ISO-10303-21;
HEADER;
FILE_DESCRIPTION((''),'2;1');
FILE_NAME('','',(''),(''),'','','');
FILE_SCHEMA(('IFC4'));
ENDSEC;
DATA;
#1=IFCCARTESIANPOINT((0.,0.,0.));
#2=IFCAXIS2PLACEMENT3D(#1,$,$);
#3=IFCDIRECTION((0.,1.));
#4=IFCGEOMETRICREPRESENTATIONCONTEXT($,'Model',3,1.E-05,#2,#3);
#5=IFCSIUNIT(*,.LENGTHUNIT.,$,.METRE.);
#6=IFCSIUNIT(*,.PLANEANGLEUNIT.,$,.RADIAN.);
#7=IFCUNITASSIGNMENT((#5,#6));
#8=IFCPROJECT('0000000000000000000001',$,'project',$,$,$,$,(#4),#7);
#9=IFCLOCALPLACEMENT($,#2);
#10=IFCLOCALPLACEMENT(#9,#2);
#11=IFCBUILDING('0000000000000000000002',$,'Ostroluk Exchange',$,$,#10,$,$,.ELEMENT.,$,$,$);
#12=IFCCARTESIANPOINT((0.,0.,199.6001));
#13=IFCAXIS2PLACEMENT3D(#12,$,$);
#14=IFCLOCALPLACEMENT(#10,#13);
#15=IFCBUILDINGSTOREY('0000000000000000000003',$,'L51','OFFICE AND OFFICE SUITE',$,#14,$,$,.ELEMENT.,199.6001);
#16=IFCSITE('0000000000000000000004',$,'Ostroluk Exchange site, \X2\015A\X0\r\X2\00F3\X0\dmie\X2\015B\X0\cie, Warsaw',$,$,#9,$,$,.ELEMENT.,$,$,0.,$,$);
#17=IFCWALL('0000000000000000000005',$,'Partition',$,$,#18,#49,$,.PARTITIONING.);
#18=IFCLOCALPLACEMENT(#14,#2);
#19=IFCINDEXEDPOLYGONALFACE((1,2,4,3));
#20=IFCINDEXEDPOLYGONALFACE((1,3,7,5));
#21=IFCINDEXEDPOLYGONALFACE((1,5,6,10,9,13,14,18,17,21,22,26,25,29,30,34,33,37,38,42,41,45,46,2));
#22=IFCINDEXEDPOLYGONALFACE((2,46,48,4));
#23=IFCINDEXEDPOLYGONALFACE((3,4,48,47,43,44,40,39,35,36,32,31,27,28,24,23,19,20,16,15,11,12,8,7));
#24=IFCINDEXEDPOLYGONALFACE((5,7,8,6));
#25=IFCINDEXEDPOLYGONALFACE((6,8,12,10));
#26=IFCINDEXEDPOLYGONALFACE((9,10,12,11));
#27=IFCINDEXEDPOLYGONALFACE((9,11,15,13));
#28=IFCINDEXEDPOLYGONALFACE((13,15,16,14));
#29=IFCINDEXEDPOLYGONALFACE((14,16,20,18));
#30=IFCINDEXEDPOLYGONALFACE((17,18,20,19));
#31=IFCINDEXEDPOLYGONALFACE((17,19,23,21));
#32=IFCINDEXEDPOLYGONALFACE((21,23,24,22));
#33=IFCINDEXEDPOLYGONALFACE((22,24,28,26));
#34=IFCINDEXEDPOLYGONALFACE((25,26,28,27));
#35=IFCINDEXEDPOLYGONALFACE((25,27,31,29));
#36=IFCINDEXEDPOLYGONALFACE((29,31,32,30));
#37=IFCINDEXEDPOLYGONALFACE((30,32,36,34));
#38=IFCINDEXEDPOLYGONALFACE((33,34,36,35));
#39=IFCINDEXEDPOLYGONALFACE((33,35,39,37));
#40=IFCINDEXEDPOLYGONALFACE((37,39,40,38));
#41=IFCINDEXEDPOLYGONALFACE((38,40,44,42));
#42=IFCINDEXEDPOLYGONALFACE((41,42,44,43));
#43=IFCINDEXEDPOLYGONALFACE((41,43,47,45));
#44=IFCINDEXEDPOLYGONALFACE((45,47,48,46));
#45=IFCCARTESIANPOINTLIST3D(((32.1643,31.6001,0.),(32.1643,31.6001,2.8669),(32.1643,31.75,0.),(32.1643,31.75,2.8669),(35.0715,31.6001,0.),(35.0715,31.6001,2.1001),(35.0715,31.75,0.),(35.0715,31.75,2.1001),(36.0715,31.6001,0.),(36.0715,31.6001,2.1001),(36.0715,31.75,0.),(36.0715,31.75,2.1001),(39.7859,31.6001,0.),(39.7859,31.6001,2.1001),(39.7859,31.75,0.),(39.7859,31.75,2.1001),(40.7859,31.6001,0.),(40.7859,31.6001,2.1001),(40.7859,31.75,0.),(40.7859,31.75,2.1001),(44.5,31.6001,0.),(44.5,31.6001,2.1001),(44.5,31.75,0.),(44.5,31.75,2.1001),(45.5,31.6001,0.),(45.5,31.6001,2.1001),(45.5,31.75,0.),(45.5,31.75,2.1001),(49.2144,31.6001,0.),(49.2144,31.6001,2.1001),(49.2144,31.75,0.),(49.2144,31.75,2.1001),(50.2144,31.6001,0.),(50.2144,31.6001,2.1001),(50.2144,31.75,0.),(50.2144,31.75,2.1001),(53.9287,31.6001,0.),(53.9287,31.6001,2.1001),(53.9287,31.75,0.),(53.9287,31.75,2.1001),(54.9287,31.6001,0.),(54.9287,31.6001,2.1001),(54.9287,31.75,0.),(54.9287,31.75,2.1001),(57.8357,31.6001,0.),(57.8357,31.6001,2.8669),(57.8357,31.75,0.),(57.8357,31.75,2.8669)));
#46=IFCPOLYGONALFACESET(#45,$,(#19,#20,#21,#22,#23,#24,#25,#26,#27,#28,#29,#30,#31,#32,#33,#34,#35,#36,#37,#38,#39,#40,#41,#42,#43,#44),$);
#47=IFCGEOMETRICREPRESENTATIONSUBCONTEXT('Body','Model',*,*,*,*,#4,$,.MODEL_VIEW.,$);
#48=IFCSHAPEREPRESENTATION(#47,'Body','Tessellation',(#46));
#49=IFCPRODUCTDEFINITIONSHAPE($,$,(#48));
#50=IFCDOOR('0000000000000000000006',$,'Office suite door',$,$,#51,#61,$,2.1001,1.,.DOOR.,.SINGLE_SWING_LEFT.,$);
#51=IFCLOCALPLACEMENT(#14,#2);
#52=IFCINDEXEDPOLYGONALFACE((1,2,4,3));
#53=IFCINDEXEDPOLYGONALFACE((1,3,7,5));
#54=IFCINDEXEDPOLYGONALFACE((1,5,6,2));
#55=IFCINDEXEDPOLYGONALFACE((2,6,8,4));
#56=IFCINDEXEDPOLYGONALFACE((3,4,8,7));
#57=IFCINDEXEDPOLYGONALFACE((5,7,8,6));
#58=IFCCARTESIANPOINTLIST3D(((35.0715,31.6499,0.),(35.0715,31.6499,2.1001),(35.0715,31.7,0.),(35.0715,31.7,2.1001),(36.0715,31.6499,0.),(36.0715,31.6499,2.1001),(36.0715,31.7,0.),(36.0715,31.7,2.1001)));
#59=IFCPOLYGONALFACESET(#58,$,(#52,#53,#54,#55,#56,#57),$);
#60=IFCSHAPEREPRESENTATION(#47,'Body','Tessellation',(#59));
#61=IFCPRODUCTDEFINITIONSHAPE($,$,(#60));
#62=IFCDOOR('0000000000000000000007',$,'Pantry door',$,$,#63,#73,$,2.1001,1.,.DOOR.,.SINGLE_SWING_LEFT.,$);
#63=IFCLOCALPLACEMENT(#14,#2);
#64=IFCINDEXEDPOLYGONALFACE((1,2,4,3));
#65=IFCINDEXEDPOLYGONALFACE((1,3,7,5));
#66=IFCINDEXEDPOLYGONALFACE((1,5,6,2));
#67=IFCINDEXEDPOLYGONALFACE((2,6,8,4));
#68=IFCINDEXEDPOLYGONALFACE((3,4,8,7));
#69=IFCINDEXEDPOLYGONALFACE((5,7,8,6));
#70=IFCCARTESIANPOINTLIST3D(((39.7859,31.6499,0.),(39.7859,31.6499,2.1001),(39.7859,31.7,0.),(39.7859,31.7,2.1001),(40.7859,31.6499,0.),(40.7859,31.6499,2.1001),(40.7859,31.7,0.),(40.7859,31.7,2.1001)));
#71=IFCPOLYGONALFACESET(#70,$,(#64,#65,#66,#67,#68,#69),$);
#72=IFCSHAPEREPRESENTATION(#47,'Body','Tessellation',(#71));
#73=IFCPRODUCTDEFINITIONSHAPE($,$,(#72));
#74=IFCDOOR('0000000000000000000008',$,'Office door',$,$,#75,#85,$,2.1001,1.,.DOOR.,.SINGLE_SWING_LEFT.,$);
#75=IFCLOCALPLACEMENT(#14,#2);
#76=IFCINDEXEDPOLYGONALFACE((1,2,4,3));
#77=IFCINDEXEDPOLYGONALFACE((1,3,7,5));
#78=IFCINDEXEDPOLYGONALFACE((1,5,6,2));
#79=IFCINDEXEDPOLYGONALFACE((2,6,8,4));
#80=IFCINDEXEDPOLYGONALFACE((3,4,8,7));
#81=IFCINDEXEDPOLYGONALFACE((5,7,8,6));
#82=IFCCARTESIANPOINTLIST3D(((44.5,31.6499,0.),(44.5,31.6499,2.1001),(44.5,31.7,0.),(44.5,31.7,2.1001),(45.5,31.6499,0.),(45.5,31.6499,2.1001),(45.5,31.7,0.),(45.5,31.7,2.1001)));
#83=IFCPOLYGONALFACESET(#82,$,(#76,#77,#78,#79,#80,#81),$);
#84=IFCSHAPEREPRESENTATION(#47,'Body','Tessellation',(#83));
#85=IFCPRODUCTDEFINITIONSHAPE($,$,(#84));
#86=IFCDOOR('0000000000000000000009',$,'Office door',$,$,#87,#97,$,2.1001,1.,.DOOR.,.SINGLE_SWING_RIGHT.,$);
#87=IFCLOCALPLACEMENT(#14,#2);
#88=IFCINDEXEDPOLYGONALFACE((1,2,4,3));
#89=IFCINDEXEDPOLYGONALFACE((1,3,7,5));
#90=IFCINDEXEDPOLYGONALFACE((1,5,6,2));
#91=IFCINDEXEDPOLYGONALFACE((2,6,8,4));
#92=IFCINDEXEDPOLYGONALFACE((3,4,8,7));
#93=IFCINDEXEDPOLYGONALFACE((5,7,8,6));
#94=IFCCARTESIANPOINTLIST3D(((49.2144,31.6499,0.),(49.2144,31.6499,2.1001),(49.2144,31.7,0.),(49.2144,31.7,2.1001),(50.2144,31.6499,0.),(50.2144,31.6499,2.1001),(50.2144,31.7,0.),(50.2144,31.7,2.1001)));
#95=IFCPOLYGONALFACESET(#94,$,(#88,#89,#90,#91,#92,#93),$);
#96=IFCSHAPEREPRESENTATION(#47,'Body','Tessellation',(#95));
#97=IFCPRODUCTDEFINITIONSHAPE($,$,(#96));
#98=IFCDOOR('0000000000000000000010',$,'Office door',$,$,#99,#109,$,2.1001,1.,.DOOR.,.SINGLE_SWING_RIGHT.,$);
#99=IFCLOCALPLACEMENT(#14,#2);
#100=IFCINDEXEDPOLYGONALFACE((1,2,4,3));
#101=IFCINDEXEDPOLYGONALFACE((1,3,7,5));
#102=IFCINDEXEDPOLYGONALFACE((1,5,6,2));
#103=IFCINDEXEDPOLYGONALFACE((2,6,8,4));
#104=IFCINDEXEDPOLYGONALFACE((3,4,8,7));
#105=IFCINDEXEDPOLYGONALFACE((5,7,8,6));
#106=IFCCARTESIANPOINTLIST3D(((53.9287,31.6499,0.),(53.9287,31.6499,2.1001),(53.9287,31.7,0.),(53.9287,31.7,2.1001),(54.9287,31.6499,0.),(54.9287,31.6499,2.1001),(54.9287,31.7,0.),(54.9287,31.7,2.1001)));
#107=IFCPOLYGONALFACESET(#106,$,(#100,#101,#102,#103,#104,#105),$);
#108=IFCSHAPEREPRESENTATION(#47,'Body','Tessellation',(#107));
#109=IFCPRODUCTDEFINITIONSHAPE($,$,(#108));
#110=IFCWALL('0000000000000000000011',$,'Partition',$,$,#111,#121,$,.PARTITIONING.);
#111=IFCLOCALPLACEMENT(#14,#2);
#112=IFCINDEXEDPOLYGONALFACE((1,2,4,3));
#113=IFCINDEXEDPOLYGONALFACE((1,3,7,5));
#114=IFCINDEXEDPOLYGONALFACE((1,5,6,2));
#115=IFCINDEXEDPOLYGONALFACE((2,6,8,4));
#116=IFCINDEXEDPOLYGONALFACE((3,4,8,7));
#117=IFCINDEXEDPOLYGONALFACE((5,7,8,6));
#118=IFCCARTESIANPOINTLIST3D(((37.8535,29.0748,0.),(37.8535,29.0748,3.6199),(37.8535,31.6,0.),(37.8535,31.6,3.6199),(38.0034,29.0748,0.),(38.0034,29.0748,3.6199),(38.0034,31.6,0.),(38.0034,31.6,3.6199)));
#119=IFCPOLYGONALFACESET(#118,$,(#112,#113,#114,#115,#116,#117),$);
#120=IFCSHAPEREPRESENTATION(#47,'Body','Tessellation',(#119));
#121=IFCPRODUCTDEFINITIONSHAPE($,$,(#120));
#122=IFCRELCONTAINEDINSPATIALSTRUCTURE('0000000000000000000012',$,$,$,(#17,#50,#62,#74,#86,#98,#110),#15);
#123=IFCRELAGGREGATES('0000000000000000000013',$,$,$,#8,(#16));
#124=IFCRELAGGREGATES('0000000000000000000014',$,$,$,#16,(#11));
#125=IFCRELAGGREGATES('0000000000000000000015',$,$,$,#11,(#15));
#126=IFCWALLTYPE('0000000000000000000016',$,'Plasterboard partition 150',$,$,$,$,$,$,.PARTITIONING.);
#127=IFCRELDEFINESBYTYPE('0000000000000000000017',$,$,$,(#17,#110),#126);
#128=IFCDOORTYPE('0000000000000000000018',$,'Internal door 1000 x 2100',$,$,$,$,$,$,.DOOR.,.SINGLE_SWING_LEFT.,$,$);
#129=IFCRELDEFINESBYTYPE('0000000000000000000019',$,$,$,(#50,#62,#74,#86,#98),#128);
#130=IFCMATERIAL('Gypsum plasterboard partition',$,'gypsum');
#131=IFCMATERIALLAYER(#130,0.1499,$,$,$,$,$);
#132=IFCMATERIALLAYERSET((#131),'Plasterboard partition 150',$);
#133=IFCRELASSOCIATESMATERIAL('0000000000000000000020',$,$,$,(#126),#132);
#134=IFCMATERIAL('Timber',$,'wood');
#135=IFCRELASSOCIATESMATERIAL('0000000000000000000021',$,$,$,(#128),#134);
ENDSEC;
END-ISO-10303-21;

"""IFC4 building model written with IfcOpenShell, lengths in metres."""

from ifc_helpers import new_model, si_unit, direction, frame, frame_2d, origin, place, context, subcontext, project, spatial, rectangle, extrude, material, layer, layer_set, type_object, element, fill, save


model = new_model("IFC4")

# Units and contexts
model_context = context("Model", 3, precision=1e-05, world=origin(), true_north=direction((0.0, 1.0)))
body_context = subcontext(model_context, "Body", "Model", "MODEL_VIEW")
ifc_project = project(units=[si_unit("LENGTHUNIT", "METRE"), si_unit("PLANEANGLEUNIT", "RADIAN")], contexts=[model_context])

# Site, building, storey
site_placement = place(None, origin())
site = spatial("IfcSite", under=ifc_project, at=site_placement, Name="Ostroluk Exchange site, Śródmieście, Warsaw", CompositionType="ELEMENT", RefElevation=0.0)
building_placement = place(site_placement, origin())
building = spatial("IfcBuilding", under=site, at=building_placement, Name="Ostroluk Exchange", CompositionType="ELEMENT")
storey_placement = place(building_placement, frame((0.0, 0.0, 199.6001)))
storey = spatial("IfcBuildingStorey", under=building, at=storey_placement, Name="L51", Description="OFFICE AND OFFICE SUITE", CompositionType="ELEMENT", Elevation=199.6001)

# Shared definitions
ifc_material_1 = material(Name="Gypsum plasterboard partition", Category="gypsum")
ifc_layer_1 = layer(ifc_material_1, 0.1499)
ifc_layer_set_1 = layer_set([ifc_layer_1], Name="Plasterboard partition 150")
wall_type = type_object("IfcWallType", Name="Plasterboard partition 150", PredefinedType="PARTITIONING", material=ifc_layer_set_1)

# Wall, openings, doors
wall_1_placement = place(storey_placement, frame((32.1643, 31.675, 0.0), z_axis=(0.0, 0.0, 1.0), x_axis=(1.0, 0.0, 0.0)))
wall_1 = element("IfcWall", 1, at=wall_1_placement, inside=storey, type_object=wall_type, Name="Partition", PredefinedType="PARTITIONING", context=body_context, shape_type="SweptSolid", body=[
    extrude(rectangle(XDim=25.6714, YDim=0.1499, at=frame_2d((12.8357, 0.0))), origin(), (0.0, 0.0, 1.0), 2.8669),
])
opening_1_placement = place(wall_1_placement, frame((2.9072, 0.0, 0.0)))
opening_1 = element("IfcOpeningElement", 2, at=opening_1_placement, cuts=wall_1, PredefinedType="OPENING", context=body_context, shape_type="SweptSolid", body=[
    extrude(rectangle(XDim=1.0, YDim=2.1001, at=frame_2d((0.5, 1.05))), frame((0.0, 0.085, 0.0), z_axis=(0.0, -1.0, 0.0), x_axis=(1.0, 0.0, 0.0)), (0.0, 0.0, 1.0), 0.1699),
])
opening_2_placement = place(wall_1_placement, frame((7.6216, 0.0, 0.0)))
opening_2 = element("IfcOpeningElement", 3, at=opening_2_placement, cuts=wall_1, PredefinedType="OPENING", context=body_context, shape_type="SweptSolid", body=[
    extrude(rectangle(XDim=1.0, YDim=2.1001, at=frame_2d((0.5, 1.05))), frame((0.0, 0.085, 0.0), z_axis=(0.0, -1.0, 0.0), x_axis=(1.0, 0.0, 0.0)), (0.0, 0.0, 1.0), 0.1699),
])
opening_3_placement = place(wall_1_placement, frame((12.3357, 0.0, 0.0)))
opening_3 = element("IfcOpeningElement", 4, at=opening_3_placement, cuts=wall_1, PredefinedType="OPENING", context=body_context, shape_type="SweptSolid", body=[
    extrude(rectangle(XDim=1.0, YDim=2.1001, at=frame_2d((0.5, 1.05))), frame((0.0, 0.085, 0.0), z_axis=(0.0, -1.0, 0.0), x_axis=(1.0, 0.0, 0.0)), (0.0, 0.0, 1.0), 0.1699),
])
opening_4_placement = place(wall_1_placement, frame((17.05, 0.0, 0.0)))
opening_4 = element("IfcOpeningElement", 5, at=opening_4_placement, cuts=wall_1, PredefinedType="OPENING", context=body_context, shape_type="SweptSolid", body=[
    extrude(rectangle(XDim=1.0, YDim=2.1001, at=frame_2d((0.5, 1.05))), frame((0.0, 0.085, 0.0), z_axis=(0.0, -1.0, 0.0), x_axis=(1.0, 0.0, 0.0)), (0.0, 0.0, 1.0), 0.1699),
])
opening_5_placement = place(wall_1_placement, frame((21.7644, 0.0, 0.0)))
opening_5 = element("IfcOpeningElement", 6, at=opening_5_placement, cuts=wall_1, PredefinedType="OPENING", context=body_context, shape_type="SweptSolid", body=[
    extrude(rectangle(XDim=1.0, YDim=2.1001, at=frame_2d((0.5, 1.05))), frame((0.0, 0.085, 0.0), z_axis=(0.0, -1.0, 0.0), x_axis=(1.0, 0.0, 0.0)), (0.0, 0.0, 1.0), 0.1699),
])
ifc_material_2 = material(Name="Timber", Category="wood")
door_type = type_object("IfcDoorType", Name="Internal door 1000 x 2100", OperationType="SINGLE_SWING_LEFT", PredefinedType="DOOR", material=ifc_material_2)
door_1_placement = place(opening_1_placement, origin())
door_1 = element("IfcDoor", 7, at=door_1_placement, inside=storey, type_object=door_type, Name="Office suite door", OperationType="SINGLE_SWING_LEFT", OverallHeight=2.1001, OverallWidth=1.0, PredefinedType="DOOR", context=body_context, shape_type="SweptSolid", body=[
    extrude(rectangle(XDim=1.0, YDim=2.1001, at=frame_2d((0.5, 1.05))), frame((0.0, 0.0249, 0.0), z_axis=(0.0, -1.0, 0.0), x_axis=(1.0, 0.0, 0.0)), (0.0, 0.0, 1.0), 0.05),
])
fill(opening_1, door_1)
door_2_placement = place(opening_2_placement, origin())
door_2 = element("IfcDoor", 8, at=door_2_placement, inside=storey, type_object=door_type, Name="Pantry door", OperationType="SINGLE_SWING_LEFT", OverallHeight=2.1001, OverallWidth=1.0, PredefinedType="DOOR", context=body_context, shape_type="SweptSolid", body=[
    extrude(rectangle(XDim=1.0, YDim=2.1001, at=frame_2d((0.5, 1.05))), frame((0.0, 0.0249, 0.0), z_axis=(0.0, -1.0, 0.0), x_axis=(1.0, 0.0, 0.0)), (0.0, 0.0, 1.0), 0.05),
])
fill(opening_2, door_2)
door_3_placement = place(opening_3_placement, origin())
door_3 = element("IfcDoor", 9, at=door_3_placement, inside=storey, type_object=door_type, Name="Office door", OperationType="SINGLE_SWING_LEFT", OverallHeight=2.1001, OverallWidth=1.0, PredefinedType="DOOR", context=body_context, shape_type="SweptSolid", body=[
    extrude(rectangle(XDim=1.0, YDim=2.1001, at=frame_2d((0.5, 1.05))), frame((0.0, 0.0249, 0.0), z_axis=(0.0, -1.0, 0.0), x_axis=(1.0, 0.0, 0.0)), (0.0, 0.0, 1.0), 0.05),
])
fill(opening_3, door_3)
door_4_placement = place(opening_4_placement, origin())
door_4 = element("IfcDoor", 10, at=door_4_placement, inside=storey, type_object=door_type, Name="Office door", OperationType="SINGLE_SWING_RIGHT", OverallHeight=2.1001, OverallWidth=1.0, PredefinedType="DOOR", context=body_context, shape_type="SweptSolid", body=[
    extrude(rectangle(XDim=1.0, YDim=2.1001, at=frame_2d((0.5, 1.05))), frame((0.0, 0.0249, 0.0), z_axis=(0.0, -1.0, 0.0), x_axis=(1.0, 0.0, 0.0)), (0.0, 0.0, 1.0), 0.05),
])
fill(opening_4, door_4)
door_5_placement = place(opening_5_placement, origin())
door_5 = element("IfcDoor", 11, at=door_5_placement, inside=storey, type_object=door_type, Name="Office door", OperationType="SINGLE_SWING_RIGHT", OverallHeight=2.1001, OverallWidth=1.0, PredefinedType="DOOR", context=body_context, shape_type="SweptSolid", body=[
    extrude(rectangle(XDim=1.0, YDim=2.1001, at=frame_2d((0.5, 1.05))), frame((0.0, 0.0249, 0.0), z_axis=(0.0, -1.0, 0.0), x_axis=(1.0, 0.0, 0.0)), (0.0, 0.0, 1.0), 0.05),
])
fill(opening_5, door_5)

# Wall
wall_2_placement = place(storey_placement, frame((37.9285, 31.6001, 0.0), z_axis=(0.0, 0.0, 1.0), x_axis=(0.0, -1.0, 0.0)))
element("IfcWall", 12, at=wall_2_placement, inside=storey, type_object=wall_type, Name="Partition", PredefinedType="PARTITIONING", context=body_context, shape_type="SweptSolid", body=[
    extrude(rectangle(XDim=2.5251, YDim=0.1499, at=frame_2d((1.2627, 0.0))), origin(), (0.0, 0.0, 1.0), 3.6199),
])

save(model, "model.ifc")
